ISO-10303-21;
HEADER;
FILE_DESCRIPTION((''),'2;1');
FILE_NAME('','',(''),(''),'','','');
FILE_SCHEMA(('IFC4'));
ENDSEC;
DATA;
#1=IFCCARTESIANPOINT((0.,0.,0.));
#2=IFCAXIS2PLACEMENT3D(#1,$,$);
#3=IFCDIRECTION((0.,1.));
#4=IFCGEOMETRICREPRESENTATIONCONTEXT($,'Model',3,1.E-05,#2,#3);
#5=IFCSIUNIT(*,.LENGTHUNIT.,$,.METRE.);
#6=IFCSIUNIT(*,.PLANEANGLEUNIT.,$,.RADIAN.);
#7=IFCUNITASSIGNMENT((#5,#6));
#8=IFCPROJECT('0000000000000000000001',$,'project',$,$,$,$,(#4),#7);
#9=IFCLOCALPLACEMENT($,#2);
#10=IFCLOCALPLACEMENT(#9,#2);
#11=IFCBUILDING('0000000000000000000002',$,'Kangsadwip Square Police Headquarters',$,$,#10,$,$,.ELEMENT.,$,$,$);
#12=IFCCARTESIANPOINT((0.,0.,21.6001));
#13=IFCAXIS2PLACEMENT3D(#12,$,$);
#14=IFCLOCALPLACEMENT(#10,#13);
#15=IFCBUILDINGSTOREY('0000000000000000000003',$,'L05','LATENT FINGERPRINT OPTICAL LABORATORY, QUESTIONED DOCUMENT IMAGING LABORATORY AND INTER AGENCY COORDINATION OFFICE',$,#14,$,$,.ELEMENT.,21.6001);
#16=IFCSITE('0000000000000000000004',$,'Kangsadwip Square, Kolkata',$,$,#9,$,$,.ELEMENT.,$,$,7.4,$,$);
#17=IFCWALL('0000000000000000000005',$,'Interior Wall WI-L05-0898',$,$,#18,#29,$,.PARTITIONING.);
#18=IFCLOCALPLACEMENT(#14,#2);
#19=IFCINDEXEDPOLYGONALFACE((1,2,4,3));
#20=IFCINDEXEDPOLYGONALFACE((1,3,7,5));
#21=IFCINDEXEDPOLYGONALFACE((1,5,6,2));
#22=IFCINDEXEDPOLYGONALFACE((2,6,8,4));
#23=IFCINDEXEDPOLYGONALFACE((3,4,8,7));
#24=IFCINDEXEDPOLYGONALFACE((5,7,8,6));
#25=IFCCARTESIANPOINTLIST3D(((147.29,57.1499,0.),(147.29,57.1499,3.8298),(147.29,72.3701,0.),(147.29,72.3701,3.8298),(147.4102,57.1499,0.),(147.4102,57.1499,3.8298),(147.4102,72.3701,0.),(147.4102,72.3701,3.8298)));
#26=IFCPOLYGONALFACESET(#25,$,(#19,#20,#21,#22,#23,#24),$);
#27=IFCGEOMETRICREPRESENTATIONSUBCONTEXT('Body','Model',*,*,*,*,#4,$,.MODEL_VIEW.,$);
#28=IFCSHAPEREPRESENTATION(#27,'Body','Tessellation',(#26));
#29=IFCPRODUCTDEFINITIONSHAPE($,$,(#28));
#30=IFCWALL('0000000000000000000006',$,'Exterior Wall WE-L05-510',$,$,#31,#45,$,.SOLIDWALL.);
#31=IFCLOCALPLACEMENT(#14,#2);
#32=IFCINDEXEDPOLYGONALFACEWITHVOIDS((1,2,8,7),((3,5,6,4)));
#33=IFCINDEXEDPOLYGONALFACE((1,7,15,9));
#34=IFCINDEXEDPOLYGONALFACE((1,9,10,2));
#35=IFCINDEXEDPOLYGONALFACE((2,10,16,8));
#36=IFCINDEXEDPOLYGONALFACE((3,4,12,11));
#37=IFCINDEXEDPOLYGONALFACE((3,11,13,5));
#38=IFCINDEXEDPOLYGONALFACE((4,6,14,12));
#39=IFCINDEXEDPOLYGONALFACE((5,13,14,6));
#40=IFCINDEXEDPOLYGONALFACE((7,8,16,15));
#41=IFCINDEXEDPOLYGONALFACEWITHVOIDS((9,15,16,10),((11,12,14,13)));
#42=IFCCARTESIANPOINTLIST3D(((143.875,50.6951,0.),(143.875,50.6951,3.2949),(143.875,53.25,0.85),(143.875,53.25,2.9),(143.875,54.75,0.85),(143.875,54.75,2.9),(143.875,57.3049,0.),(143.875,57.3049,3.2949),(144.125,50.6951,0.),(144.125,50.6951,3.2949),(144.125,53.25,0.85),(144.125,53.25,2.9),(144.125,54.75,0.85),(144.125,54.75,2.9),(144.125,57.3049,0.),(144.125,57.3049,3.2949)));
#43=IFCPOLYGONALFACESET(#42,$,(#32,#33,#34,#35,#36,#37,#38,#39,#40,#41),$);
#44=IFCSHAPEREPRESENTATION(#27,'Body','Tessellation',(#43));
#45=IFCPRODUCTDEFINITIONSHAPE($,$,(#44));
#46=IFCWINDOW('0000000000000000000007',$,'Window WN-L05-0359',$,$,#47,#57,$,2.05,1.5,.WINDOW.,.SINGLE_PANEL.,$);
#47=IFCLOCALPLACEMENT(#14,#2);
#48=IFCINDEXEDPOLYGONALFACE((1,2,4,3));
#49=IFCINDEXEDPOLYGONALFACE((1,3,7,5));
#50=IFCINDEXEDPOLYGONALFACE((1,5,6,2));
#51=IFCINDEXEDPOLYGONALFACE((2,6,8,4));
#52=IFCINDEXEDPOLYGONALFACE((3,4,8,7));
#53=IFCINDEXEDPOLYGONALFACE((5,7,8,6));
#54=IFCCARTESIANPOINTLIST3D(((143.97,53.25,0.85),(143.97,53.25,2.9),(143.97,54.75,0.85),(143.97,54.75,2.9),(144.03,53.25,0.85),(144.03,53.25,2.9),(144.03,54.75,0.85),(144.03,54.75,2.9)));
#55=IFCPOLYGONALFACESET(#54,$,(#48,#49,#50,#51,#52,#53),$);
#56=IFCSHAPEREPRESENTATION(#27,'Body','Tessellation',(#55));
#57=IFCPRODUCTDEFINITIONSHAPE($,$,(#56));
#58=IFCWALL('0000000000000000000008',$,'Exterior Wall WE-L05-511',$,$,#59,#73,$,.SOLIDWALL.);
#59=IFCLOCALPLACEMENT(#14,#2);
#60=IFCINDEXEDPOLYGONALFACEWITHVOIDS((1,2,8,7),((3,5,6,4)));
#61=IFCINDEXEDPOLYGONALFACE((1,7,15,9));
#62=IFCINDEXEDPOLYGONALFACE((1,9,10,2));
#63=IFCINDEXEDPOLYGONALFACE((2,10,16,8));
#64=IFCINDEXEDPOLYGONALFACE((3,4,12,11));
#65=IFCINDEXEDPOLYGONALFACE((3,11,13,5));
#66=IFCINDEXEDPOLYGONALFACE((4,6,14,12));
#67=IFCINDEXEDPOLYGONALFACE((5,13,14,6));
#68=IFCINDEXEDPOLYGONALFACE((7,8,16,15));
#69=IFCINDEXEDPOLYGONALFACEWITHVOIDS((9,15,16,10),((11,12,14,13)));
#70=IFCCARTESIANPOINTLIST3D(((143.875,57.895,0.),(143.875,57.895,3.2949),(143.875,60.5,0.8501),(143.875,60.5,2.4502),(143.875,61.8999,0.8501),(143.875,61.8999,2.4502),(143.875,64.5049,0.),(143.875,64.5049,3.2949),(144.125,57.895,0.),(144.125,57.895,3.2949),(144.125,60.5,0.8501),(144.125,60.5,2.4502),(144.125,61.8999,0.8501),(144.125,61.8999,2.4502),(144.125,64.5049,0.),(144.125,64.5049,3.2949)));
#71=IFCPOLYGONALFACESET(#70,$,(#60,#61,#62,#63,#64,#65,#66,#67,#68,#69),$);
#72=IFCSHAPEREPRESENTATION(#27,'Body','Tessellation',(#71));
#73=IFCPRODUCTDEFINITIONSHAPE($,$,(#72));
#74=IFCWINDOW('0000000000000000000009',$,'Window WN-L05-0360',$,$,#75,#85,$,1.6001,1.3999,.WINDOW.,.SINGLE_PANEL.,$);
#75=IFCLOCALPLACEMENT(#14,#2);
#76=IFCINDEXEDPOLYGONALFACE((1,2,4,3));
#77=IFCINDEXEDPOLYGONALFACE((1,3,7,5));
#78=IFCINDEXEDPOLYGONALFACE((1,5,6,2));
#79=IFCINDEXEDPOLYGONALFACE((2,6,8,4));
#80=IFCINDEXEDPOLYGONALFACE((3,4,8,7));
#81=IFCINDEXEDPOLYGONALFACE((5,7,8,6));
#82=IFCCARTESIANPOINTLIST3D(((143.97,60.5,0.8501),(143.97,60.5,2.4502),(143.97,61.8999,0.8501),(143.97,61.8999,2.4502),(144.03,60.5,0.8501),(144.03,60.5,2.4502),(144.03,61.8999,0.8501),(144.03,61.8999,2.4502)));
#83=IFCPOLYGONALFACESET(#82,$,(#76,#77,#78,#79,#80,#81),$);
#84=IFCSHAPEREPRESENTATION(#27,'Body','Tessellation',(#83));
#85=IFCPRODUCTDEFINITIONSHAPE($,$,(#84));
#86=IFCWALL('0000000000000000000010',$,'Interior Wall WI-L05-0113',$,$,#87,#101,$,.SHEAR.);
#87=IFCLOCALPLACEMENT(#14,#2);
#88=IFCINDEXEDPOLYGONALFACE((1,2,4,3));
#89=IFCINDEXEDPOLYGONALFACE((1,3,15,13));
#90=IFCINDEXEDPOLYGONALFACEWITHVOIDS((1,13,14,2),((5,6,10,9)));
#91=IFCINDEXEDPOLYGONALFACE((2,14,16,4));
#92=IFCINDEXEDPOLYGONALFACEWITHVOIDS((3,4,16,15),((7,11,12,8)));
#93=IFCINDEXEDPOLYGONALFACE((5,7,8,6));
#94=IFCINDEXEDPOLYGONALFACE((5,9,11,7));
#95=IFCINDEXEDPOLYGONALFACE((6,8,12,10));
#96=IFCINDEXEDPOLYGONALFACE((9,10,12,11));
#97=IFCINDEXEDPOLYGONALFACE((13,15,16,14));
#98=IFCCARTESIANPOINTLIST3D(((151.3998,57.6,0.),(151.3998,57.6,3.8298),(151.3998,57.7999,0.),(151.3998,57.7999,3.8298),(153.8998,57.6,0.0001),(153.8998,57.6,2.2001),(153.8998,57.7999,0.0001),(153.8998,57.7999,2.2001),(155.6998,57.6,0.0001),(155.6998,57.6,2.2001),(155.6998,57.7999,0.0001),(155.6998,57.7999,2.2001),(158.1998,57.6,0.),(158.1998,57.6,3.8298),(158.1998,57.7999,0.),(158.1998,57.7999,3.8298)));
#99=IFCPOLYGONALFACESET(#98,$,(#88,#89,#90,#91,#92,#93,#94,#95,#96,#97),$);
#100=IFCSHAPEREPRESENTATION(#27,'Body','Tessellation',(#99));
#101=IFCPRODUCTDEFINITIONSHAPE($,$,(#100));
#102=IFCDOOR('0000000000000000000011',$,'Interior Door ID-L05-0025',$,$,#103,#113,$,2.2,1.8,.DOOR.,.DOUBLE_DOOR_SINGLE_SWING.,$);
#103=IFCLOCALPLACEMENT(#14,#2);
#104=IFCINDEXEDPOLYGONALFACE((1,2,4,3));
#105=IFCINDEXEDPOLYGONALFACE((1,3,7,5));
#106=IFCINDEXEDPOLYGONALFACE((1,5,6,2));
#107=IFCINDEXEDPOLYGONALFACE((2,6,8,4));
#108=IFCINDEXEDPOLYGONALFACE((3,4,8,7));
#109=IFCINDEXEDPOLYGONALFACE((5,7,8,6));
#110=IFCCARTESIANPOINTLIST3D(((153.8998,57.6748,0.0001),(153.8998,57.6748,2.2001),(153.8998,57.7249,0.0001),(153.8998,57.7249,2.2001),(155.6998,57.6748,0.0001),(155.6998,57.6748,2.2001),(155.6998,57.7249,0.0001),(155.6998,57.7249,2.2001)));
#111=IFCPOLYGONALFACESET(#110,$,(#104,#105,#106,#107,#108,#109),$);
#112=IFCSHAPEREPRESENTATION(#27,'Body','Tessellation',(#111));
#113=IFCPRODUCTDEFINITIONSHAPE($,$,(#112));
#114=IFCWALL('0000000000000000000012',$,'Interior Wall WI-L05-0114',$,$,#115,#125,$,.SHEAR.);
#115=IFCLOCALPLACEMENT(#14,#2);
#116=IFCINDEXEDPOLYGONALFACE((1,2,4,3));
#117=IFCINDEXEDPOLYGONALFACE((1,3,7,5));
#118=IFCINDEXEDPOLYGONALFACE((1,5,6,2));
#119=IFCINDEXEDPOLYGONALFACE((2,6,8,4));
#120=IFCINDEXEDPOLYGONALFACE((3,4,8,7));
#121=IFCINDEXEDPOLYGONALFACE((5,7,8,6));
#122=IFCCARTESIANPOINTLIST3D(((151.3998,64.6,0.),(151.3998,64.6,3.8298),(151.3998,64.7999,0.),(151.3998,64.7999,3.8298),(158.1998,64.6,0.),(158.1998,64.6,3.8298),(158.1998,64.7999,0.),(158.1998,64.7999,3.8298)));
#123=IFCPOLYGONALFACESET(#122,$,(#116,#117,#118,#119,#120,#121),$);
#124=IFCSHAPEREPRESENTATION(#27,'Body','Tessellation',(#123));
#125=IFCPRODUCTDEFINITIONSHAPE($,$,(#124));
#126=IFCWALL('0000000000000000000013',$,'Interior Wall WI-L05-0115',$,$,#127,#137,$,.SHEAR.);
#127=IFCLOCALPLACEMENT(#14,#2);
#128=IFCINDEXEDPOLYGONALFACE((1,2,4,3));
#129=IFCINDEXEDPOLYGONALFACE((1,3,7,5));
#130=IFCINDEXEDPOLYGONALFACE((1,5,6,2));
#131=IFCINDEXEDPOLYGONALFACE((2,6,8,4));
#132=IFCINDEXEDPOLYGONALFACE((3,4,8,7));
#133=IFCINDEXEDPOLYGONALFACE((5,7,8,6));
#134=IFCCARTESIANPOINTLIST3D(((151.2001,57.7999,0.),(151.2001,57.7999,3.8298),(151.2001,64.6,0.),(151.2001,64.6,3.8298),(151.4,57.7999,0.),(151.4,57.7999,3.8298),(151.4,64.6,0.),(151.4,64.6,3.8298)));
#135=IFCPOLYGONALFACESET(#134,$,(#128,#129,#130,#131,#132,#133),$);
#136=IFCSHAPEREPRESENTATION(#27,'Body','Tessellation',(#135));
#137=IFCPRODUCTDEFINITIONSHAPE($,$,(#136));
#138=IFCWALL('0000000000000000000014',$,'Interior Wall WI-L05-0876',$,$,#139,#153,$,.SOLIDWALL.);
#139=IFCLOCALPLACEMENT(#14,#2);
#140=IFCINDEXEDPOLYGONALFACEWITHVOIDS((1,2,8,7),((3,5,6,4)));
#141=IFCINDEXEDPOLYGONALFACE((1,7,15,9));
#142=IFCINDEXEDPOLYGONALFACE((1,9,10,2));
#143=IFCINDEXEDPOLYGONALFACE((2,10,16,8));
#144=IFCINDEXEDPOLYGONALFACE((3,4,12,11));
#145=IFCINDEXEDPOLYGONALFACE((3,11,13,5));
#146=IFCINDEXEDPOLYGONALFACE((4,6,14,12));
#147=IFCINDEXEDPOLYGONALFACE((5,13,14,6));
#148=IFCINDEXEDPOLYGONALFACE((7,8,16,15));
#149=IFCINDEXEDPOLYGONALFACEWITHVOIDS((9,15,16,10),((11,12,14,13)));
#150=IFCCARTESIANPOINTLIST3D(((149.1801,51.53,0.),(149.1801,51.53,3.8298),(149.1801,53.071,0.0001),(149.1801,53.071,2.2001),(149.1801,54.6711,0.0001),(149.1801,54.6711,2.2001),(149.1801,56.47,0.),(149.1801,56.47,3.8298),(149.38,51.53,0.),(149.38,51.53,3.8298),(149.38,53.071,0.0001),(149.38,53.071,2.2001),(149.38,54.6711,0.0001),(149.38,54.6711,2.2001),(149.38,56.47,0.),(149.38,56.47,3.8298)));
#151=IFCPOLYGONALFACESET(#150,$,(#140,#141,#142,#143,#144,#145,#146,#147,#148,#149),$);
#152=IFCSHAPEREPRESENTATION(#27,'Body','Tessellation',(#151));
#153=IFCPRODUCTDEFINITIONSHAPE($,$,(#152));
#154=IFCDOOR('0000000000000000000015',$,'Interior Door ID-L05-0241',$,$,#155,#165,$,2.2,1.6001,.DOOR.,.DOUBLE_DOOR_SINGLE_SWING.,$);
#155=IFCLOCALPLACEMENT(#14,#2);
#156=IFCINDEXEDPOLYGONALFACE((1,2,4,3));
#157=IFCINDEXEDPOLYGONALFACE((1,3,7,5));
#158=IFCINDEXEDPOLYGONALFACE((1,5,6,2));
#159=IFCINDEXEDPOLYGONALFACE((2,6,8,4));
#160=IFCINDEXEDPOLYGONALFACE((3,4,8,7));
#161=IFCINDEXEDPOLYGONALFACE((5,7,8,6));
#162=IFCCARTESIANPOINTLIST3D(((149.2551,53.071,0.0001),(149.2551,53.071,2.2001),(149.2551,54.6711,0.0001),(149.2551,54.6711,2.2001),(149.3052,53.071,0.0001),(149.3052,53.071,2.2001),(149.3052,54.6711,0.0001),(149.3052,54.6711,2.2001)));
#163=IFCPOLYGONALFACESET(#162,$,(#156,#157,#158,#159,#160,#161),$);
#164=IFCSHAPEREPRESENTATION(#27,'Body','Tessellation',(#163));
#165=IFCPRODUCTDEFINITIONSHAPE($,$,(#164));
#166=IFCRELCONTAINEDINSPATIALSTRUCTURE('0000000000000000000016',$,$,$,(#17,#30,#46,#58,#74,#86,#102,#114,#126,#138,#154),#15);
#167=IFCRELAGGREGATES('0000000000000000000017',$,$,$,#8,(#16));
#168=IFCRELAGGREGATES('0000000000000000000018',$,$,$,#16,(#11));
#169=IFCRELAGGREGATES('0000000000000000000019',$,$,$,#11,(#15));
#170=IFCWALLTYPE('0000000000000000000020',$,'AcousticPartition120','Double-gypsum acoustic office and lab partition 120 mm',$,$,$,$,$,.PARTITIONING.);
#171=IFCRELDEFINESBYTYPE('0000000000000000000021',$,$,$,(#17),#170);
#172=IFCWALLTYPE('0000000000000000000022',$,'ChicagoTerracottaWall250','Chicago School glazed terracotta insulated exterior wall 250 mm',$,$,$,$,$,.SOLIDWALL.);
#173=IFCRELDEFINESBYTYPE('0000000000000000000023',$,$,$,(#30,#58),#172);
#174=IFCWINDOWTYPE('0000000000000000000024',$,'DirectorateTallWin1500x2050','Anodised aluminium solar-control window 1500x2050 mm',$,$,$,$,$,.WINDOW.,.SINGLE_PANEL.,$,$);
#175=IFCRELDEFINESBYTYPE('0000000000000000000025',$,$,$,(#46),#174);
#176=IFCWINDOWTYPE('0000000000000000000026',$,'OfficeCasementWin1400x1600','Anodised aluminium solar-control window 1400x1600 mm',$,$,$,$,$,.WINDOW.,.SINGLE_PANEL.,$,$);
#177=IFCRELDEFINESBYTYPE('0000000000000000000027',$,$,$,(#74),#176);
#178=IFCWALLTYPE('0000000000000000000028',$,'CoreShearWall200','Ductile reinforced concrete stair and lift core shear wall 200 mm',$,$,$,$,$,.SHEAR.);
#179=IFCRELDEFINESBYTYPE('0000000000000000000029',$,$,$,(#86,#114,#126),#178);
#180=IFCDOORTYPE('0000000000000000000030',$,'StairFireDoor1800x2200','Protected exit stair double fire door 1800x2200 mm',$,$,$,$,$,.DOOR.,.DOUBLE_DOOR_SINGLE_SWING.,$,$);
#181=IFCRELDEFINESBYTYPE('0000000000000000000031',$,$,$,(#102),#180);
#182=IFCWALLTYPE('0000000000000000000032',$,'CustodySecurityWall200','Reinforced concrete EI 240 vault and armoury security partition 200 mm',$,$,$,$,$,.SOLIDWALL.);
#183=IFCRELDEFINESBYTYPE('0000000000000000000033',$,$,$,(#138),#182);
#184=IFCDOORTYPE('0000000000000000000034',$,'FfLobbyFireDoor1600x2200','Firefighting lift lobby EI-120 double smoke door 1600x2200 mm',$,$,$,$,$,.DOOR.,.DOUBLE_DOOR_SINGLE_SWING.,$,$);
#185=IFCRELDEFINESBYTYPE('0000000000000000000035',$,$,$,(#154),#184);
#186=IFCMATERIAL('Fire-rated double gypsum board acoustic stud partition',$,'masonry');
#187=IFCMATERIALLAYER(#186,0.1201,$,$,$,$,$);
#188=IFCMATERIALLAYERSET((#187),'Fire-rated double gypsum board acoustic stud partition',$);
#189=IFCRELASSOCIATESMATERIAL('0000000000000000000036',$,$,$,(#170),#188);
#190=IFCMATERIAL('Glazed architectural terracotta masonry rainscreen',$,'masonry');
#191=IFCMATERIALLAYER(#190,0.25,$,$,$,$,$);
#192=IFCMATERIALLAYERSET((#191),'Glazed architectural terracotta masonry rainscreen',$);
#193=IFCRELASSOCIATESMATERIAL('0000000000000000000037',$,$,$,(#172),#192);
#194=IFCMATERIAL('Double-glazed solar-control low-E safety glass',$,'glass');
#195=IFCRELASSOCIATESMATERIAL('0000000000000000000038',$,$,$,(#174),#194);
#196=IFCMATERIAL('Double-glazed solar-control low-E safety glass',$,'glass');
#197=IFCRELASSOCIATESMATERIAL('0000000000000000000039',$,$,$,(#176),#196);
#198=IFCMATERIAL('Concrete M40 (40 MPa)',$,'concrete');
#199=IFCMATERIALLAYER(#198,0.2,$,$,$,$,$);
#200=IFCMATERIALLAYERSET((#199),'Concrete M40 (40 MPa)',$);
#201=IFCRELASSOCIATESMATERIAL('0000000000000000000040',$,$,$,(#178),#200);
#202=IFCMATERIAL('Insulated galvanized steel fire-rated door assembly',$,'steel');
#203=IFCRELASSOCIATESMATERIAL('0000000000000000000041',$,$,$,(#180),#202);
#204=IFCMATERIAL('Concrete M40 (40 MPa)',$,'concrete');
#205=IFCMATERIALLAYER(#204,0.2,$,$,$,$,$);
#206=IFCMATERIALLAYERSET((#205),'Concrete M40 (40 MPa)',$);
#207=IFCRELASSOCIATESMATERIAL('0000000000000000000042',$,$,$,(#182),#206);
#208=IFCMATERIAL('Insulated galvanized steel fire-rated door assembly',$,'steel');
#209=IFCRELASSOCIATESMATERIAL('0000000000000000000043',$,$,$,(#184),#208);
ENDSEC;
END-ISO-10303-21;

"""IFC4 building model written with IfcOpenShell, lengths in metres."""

from ifc_helpers import new_model, si_unit, direction, frame, frame_2d, origin, place, context, subcontext, project, spatial, rectangle, extrude, material, layer, layer_set, type_object, element, fill, save


model = new_model("IFC4")

# Units and contexts
model_context = context("Model", 3, precision=1e-05, world=origin(), true_north=direction((0.0, 1.0)))
body_context = subcontext(model_context, "Body", "Model", "MODEL_VIEW")
ifc_project = project(units=[si_unit("LENGTHUNIT", "METRE"), si_unit("PLANEANGLEUNIT", "RADIAN")], contexts=[model_context])

# Site, building, storey
site_placement = place(None, origin())
site = spatial("IfcSite", under=ifc_project, at=site_placement, Name="Kangsadwip Square, Kolkata", CompositionType="ELEMENT", RefElevation=7.4)
building_placement = place(site_placement, origin())
building = spatial("IfcBuilding", under=site, at=building_placement, Name="Kangsadwip Square Police Headquarters", CompositionType="ELEMENT")
storey_placement = place(building_placement, frame((0.0, 0.0, 21.6001)))
storey = spatial("IfcBuildingStorey", under=building, at=storey_placement, Name="L05", Description="LATENT FINGERPRINT OPTICAL LABORATORY, QUESTIONED DOCUMENT IMAGING LABORATORY AND INTER AGENCY COORDINATION OFFICE", CompositionType="ELEMENT", Elevation=21.6001)

# Wall
ifc_material_1 = material(Name="Fire-rated double gypsum board acoustic stud partition", Category="masonry")
ifc_layer_1 = layer(ifc_material_1, 0.1201)
ifc_layer_set_1 = layer_set([ifc_layer_1], Name="Fire-rated double gypsum board acoustic stud partition")
wall_type_1 = type_object("IfcWallType", Name="AcousticPartition120", Description="Double-gypsum acoustic office and lab partition 120 mm", PredefinedType="PARTITIONING", material=ifc_layer_set_1)
wall_1_placement = place(storey_placement, frame((147.3501, 57.1499, 0.0), z_axis=(0.0, 0.0, 1.0), x_axis=(0.0, 1.0, 0.0)))
element("IfcWall", 1, at=wall_1_placement, inside=storey, type_object=wall_type_1, Name="Interior Wall WI-L05-0898", PredefinedType="PARTITIONING", context=body_context, shape_type="SweptSolid", body=[
    extrude(rectangle(XDim=15.2202, YDim=0.1201, at=frame_2d((7.6101, 0.0))), origin(), (0.0, 0.0, 1.0), 3.8298),
])

# Walls, openings, windows
ifc_material_2 = material(Name="Glazed architectural terracotta masonry rainscreen", Category="masonry")
ifc_layer_2 = layer(ifc_material_2, 0.25)
ifc_layer_set_2 = layer_set([ifc_layer_2], Name="Glazed architectural terracotta masonry rainscreen")
wall_type_2 = type_object("IfcWallType", Name="ChicagoTerracottaWall250", Description="Chicago School glazed terracotta insulated exterior wall 250 mm", PredefinedType="SOLIDWALL", material=ifc_layer_set_2)
wall_2_placement = place(storey_placement, frame((144.0, 50.6951, 0.0), z_axis=(0.0, 0.0, 1.0), x_axis=(0.0, 1.0, 0.0)))
wall_2 = element("IfcWall", 2, at=wall_2_placement, inside=storey, type_object=wall_type_2, Name="Exterior Wall WE-L05-510", PredefinedType="SOLIDWALL", context=body_context, shape_type="SweptSolid", body=[
    extrude(rectangle(XDim=6.6099, YDim=0.25, at=frame_2d((3.3049, 0.0))), origin(), (0.0, 0.0, 1.0), 3.2949),
])
opening_1_placement = place(wall_2_placement, frame((2.5549, 0.0, 0.8501)))
opening_1 = element("IfcOpeningElement", 3, at=opening_1_placement, cuts=wall_2, PredefinedType="OPENING", context=body_context, shape_type="SweptSolid", body=[
    extrude(rectangle(XDim=1.5, YDim=2.05, at=frame_2d((0.75, 1.0249))), frame((0.0, 0.135, 0.0), z_axis=(0.0, -1.0, 0.0), x_axis=(1.0, 0.0, 0.0)), (0.0, 0.0, 1.0), 0.27),
])
ifc_material_3 = material(Name="Double-glazed solar-control low-E safety glass", Category="glass")
window_type_1 = type_object("IfcWindowType", Name="DirectorateTallWin1500x2050", Description="Anodised aluminium solar-control window 1500x2050 mm", PartitioningType="SINGLE_PANEL", PredefinedType="WINDOW", material=ifc_material_3)
window_1_placement = place(opening_1_placement, origin())
window_1 = element("IfcWindow", 4, at=window_1_placement, inside=storey, type_object=window_type_1, Name="Window WN-L05-0359", OverallHeight=2.05, OverallWidth=1.5, PartitioningType="SINGLE_PANEL", PredefinedType="WINDOW", context=body_context, shape_type="SweptSolid", body=[
    extrude(rectangle(XDim=1.5, YDim=2.05, at=frame_2d((0.75, 1.0249))), frame((0.0, 0.03, 0.0), z_axis=(0.0, -1.0, 0.0), x_axis=(1.0, 0.0, 0.0)), (0.0, 0.0, 1.0), 0.0601),
])
fill(opening_1, window_1)
wall_3_placement = place(storey_placement, frame((144.0, 57.895, 0.0), z_axis=(0.0, 0.0, 1.0), x_axis=(0.0, 1.0, 0.0)))
wall_3 = element("IfcWall", 5, at=wall_3_placement, inside=storey, type_object=wall_type_2, Name="Exterior Wall WE-L05-511", PredefinedType="SOLIDWALL", context=body_context, shape_type="SweptSolid", body=[
    extrude(rectangle(XDim=6.6099, YDim=0.25, at=frame_2d((3.3049, 0.0))), origin(), (0.0, 0.0, 1.0), 3.2949),
])
opening_2_placement = place(wall_3_placement, frame((2.605, 0.0, 0.8501)))
opening_2 = element("IfcOpeningElement", 6, at=opening_2_placement, cuts=wall_3, PredefinedType="OPENING", context=body_context, shape_type="SweptSolid", body=[
    extrude(rectangle(XDim=1.3999, YDim=1.6001, at=frame_2d((0.7, 0.8))), frame((0.0, 0.135, 0.0), z_axis=(0.0, -1.0, 0.0), x_axis=(1.0, 0.0, 0.0)), (0.0, 0.0, 1.0), 0.27),
])
ifc_material_4 = material(Name="Double-glazed solar-control low-E safety glass", Category="glass")
window_type_2 = type_object("IfcWindowType", Name="OfficeCasementWin1400x1600", Description="Anodised aluminium solar-control window 1400x1600 mm", PartitioningType="SINGLE_PANEL", PredefinedType="WINDOW", material=ifc_material_4)
window_2_placement = place(opening_2_placement, origin())
window_2 = element("IfcWindow", 7, at=window_2_placement, inside=storey, type_object=window_type_2, Name="Window WN-L05-0360", OverallHeight=1.6001, OverallWidth=1.3999, PartitioningType="SINGLE_PANEL", PredefinedType="WINDOW", context=body_context, shape_type="SweptSolid", body=[
    extrude(rectangle(XDim=1.3999, YDim=1.6001, at=frame_2d((0.7, 0.8))), frame((0.0, 0.03, 0.0), z_axis=(0.0, -1.0, 0.0), x_axis=(1.0, 0.0, 0.0)), (0.0, 0.0, 1.0), 0.0601),
])
fill(opening_2, window_2)

# Wall, opening, door
ifc_material_5 = material(Name="Concrete M40 (40 MPa)", Category="concrete")
ifc_layer_3 = layer(ifc_material_5, 0.2)
ifc_layer_set_3 = layer_set([ifc_layer_3], Name="Concrete M40 (40 MPa)")
wall_type_3 = type_object("IfcWallType", Name="CoreShearWall200", Description="Ductile reinforced concrete stair and lift core shear wall 200 mm", PredefinedType="SHEAR", material=ifc_layer_set_3)
wall_4_placement = place(storey_placement, frame((151.3999, 57.7, 0.0), z_axis=(0.0, 0.0, 1.0), x_axis=(1.0, 0.0, 0.0)))
wall_4 = element("IfcWall", 8, at=wall_4_placement, inside=storey, type_object=wall_type_3, Name="Interior Wall WI-L05-0113", PredefinedType="SHEAR", context=body_context, shape_type="SweptSolid", body=[
    extrude(rectangle(XDim=6.8, YDim=0.2, at=frame_2d((3.3999, 0.0))), origin(), (0.0, 0.0, 1.0), 3.8298),
])
opening_3_placement = place(wall_4_placement, frame((2.5, 0.0, 0.0)))
opening_3 = element("IfcOpeningElement", 9, at=opening_3_placement, cuts=wall_4, PredefinedType="OPENING", context=body_context, shape_type="SweptSolid", body=[
    extrude(rectangle(XDim=1.8, YDim=2.2, at=frame_2d((0.8999, 1.1001))), frame((0.0, 0.1099, 0.0), z_axis=(0.0, -1.0, 0.0), x_axis=(1.0, 0.0, 0.0)), (0.0, 0.0, 1.0), 0.22),
])
ifc_material_6 = material(Name="Insulated galvanized steel fire-rated door assembly", Category="steel")
door_type_1 = type_object("IfcDoorType", Name="StairFireDoor1800x2200", Description="Protected exit stair double fire door 1800x2200 mm", OperationType="DOUBLE_DOOR_SINGLE_SWING", PredefinedType="DOOR", material=ifc_material_6)
door_1_placement = place(opening_3_placement, origin())
door_1 = element("IfcDoor", 10, at=door_1_placement, inside=storey, type_object=door_type_1, Name="Interior Door ID-L05-0025", OperationType="DOUBLE_DOOR_SINGLE_SWING", OverallHeight=2.2, OverallWidth=1.8, PredefinedType="DOOR", context=body_context, shape_type="SweptSolid", body=[
    extrude(rectangle(XDim=1.8, YDim=2.2, at=frame_2d((0.8999, 1.1001))), frame((0.0, 0.0249, 0.0), z_axis=(0.0, -1.0, 0.0), x_axis=(1.0, 0.0, 0.0)), (0.0, 0.0, 1.0), 0.05),
])
fill(opening_3, door_1)

# Walls
for number, where, z_axis, x_axis, name in (
    (11, (151.3999, 64.7, 0.0), (0.0, 0.0, 1.0), (1.0, 0.0, 0.0), "Interior Wall WI-L05-0114"),
    (12, (151.3, 57.8, 0.0), (0.0, 0.0, 1.0), (0.0, 1.0, 0.0), "Interior Wall WI-L05-0115"),
):
    element("IfcWall", number, at=place(storey_placement, frame(where, z_axis=z_axis, x_axis=x_axis)), inside=storey, type_object=wall_type_3, Name=name, PredefinedType="SHEAR", context=body_context, shape_type="SweptSolid", body=[
        extrude(rectangle(XDim=6.8, YDim=0.2, at=frame_2d((3.3999, 0.0))), origin(), (0.0, 0.0, 1.0), 3.8298),
    ])

# Wall, opening, door
ifc_material_7 = material(Name="Concrete M40 (40 MPa)", Category="concrete")
ifc_layer_4 = layer(ifc_material_7, 0.2)
ifc_layer_set_4 = layer_set([ifc_layer_4], Name="Concrete M40 (40 MPa)")
wall_type_4 = type_object("IfcWallType", Name="CustodySecurityWall200", Description="Reinforced concrete EI 240 vault and armoury security partition 200 mm", PredefinedType="SOLIDWALL", material=ifc_layer_set_4)
wall_5_placement = place(storey_placement, frame((149.28, 51.53, 0.0), z_axis=(0.0, 0.0, 1.0), x_axis=(0.0, 1.0, 0.0)))
wall_5 = element("IfcWall", 13, at=wall_5_placement, inside=storey, type_object=wall_type_4, Name="Interior Wall WI-L05-0876", PredefinedType="SOLIDWALL", context=body_context, shape_type="SweptSolid", body=[
    extrude(rectangle(XDim=4.9399, YDim=0.2, at=frame_2d((2.47, 0.0))), origin(), (0.0, 0.0, 1.0), 3.8298),
])
opening_4_placement = place(wall_5_placement, frame((1.541, 0.0, 0.0)))
opening_4 = element("IfcOpeningElement", 14, at=opening_4_placement, cuts=wall_5, PredefinedType="OPENING", context=body_context, shape_type="SweptSolid", body=[
    extrude(rectangle(XDim=1.6001, YDim=2.2, at=frame_2d((0.8, 1.1001))), frame((0.0, 0.1099, 0.0), z_axis=(0.0, -1.0, 0.0), x_axis=(1.0, 0.0, 0.0)), (0.0, 0.0, 1.0), 0.22),
])
ifc_material_8 = material(Name="Insulated galvanized steel fire-rated door assembly", Category="steel")
door_type_2 = type_object("IfcDoorType", Name="FfLobbyFireDoor1600x2200", Description="Firefighting lift lobby EI-120 double smoke door 1600x2200 mm", OperationType="DOUBLE_DOOR_SINGLE_SWING", PredefinedType="DOOR", material=ifc_material_8)
door_2_placement = place(opening_4_placement, origin())
door_2 = element("IfcDoor", 15, at=door_2_placement, inside=storey, type_object=door_type_2, Name="Interior Door ID-L05-0241", OperationType="DOUBLE_DOOR_SINGLE_SWING", OverallHeight=2.2, OverallWidth=1.6001, PredefinedType="DOOR", context=body_context, shape_type="SweptSolid", body=[
    extrude(rectangle(XDim=1.6001, YDim=2.2, at=frame_2d((0.8, 1.1001))), frame((0.0, 0.0249, 0.0), z_axis=(0.0, -1.0, 0.0), x_axis=(1.0, 0.0, 0.0)), (0.0, 0.0, 1.0), 0.05),
])
fill(opening_4, door_2)

save(model, "model.ifc")
